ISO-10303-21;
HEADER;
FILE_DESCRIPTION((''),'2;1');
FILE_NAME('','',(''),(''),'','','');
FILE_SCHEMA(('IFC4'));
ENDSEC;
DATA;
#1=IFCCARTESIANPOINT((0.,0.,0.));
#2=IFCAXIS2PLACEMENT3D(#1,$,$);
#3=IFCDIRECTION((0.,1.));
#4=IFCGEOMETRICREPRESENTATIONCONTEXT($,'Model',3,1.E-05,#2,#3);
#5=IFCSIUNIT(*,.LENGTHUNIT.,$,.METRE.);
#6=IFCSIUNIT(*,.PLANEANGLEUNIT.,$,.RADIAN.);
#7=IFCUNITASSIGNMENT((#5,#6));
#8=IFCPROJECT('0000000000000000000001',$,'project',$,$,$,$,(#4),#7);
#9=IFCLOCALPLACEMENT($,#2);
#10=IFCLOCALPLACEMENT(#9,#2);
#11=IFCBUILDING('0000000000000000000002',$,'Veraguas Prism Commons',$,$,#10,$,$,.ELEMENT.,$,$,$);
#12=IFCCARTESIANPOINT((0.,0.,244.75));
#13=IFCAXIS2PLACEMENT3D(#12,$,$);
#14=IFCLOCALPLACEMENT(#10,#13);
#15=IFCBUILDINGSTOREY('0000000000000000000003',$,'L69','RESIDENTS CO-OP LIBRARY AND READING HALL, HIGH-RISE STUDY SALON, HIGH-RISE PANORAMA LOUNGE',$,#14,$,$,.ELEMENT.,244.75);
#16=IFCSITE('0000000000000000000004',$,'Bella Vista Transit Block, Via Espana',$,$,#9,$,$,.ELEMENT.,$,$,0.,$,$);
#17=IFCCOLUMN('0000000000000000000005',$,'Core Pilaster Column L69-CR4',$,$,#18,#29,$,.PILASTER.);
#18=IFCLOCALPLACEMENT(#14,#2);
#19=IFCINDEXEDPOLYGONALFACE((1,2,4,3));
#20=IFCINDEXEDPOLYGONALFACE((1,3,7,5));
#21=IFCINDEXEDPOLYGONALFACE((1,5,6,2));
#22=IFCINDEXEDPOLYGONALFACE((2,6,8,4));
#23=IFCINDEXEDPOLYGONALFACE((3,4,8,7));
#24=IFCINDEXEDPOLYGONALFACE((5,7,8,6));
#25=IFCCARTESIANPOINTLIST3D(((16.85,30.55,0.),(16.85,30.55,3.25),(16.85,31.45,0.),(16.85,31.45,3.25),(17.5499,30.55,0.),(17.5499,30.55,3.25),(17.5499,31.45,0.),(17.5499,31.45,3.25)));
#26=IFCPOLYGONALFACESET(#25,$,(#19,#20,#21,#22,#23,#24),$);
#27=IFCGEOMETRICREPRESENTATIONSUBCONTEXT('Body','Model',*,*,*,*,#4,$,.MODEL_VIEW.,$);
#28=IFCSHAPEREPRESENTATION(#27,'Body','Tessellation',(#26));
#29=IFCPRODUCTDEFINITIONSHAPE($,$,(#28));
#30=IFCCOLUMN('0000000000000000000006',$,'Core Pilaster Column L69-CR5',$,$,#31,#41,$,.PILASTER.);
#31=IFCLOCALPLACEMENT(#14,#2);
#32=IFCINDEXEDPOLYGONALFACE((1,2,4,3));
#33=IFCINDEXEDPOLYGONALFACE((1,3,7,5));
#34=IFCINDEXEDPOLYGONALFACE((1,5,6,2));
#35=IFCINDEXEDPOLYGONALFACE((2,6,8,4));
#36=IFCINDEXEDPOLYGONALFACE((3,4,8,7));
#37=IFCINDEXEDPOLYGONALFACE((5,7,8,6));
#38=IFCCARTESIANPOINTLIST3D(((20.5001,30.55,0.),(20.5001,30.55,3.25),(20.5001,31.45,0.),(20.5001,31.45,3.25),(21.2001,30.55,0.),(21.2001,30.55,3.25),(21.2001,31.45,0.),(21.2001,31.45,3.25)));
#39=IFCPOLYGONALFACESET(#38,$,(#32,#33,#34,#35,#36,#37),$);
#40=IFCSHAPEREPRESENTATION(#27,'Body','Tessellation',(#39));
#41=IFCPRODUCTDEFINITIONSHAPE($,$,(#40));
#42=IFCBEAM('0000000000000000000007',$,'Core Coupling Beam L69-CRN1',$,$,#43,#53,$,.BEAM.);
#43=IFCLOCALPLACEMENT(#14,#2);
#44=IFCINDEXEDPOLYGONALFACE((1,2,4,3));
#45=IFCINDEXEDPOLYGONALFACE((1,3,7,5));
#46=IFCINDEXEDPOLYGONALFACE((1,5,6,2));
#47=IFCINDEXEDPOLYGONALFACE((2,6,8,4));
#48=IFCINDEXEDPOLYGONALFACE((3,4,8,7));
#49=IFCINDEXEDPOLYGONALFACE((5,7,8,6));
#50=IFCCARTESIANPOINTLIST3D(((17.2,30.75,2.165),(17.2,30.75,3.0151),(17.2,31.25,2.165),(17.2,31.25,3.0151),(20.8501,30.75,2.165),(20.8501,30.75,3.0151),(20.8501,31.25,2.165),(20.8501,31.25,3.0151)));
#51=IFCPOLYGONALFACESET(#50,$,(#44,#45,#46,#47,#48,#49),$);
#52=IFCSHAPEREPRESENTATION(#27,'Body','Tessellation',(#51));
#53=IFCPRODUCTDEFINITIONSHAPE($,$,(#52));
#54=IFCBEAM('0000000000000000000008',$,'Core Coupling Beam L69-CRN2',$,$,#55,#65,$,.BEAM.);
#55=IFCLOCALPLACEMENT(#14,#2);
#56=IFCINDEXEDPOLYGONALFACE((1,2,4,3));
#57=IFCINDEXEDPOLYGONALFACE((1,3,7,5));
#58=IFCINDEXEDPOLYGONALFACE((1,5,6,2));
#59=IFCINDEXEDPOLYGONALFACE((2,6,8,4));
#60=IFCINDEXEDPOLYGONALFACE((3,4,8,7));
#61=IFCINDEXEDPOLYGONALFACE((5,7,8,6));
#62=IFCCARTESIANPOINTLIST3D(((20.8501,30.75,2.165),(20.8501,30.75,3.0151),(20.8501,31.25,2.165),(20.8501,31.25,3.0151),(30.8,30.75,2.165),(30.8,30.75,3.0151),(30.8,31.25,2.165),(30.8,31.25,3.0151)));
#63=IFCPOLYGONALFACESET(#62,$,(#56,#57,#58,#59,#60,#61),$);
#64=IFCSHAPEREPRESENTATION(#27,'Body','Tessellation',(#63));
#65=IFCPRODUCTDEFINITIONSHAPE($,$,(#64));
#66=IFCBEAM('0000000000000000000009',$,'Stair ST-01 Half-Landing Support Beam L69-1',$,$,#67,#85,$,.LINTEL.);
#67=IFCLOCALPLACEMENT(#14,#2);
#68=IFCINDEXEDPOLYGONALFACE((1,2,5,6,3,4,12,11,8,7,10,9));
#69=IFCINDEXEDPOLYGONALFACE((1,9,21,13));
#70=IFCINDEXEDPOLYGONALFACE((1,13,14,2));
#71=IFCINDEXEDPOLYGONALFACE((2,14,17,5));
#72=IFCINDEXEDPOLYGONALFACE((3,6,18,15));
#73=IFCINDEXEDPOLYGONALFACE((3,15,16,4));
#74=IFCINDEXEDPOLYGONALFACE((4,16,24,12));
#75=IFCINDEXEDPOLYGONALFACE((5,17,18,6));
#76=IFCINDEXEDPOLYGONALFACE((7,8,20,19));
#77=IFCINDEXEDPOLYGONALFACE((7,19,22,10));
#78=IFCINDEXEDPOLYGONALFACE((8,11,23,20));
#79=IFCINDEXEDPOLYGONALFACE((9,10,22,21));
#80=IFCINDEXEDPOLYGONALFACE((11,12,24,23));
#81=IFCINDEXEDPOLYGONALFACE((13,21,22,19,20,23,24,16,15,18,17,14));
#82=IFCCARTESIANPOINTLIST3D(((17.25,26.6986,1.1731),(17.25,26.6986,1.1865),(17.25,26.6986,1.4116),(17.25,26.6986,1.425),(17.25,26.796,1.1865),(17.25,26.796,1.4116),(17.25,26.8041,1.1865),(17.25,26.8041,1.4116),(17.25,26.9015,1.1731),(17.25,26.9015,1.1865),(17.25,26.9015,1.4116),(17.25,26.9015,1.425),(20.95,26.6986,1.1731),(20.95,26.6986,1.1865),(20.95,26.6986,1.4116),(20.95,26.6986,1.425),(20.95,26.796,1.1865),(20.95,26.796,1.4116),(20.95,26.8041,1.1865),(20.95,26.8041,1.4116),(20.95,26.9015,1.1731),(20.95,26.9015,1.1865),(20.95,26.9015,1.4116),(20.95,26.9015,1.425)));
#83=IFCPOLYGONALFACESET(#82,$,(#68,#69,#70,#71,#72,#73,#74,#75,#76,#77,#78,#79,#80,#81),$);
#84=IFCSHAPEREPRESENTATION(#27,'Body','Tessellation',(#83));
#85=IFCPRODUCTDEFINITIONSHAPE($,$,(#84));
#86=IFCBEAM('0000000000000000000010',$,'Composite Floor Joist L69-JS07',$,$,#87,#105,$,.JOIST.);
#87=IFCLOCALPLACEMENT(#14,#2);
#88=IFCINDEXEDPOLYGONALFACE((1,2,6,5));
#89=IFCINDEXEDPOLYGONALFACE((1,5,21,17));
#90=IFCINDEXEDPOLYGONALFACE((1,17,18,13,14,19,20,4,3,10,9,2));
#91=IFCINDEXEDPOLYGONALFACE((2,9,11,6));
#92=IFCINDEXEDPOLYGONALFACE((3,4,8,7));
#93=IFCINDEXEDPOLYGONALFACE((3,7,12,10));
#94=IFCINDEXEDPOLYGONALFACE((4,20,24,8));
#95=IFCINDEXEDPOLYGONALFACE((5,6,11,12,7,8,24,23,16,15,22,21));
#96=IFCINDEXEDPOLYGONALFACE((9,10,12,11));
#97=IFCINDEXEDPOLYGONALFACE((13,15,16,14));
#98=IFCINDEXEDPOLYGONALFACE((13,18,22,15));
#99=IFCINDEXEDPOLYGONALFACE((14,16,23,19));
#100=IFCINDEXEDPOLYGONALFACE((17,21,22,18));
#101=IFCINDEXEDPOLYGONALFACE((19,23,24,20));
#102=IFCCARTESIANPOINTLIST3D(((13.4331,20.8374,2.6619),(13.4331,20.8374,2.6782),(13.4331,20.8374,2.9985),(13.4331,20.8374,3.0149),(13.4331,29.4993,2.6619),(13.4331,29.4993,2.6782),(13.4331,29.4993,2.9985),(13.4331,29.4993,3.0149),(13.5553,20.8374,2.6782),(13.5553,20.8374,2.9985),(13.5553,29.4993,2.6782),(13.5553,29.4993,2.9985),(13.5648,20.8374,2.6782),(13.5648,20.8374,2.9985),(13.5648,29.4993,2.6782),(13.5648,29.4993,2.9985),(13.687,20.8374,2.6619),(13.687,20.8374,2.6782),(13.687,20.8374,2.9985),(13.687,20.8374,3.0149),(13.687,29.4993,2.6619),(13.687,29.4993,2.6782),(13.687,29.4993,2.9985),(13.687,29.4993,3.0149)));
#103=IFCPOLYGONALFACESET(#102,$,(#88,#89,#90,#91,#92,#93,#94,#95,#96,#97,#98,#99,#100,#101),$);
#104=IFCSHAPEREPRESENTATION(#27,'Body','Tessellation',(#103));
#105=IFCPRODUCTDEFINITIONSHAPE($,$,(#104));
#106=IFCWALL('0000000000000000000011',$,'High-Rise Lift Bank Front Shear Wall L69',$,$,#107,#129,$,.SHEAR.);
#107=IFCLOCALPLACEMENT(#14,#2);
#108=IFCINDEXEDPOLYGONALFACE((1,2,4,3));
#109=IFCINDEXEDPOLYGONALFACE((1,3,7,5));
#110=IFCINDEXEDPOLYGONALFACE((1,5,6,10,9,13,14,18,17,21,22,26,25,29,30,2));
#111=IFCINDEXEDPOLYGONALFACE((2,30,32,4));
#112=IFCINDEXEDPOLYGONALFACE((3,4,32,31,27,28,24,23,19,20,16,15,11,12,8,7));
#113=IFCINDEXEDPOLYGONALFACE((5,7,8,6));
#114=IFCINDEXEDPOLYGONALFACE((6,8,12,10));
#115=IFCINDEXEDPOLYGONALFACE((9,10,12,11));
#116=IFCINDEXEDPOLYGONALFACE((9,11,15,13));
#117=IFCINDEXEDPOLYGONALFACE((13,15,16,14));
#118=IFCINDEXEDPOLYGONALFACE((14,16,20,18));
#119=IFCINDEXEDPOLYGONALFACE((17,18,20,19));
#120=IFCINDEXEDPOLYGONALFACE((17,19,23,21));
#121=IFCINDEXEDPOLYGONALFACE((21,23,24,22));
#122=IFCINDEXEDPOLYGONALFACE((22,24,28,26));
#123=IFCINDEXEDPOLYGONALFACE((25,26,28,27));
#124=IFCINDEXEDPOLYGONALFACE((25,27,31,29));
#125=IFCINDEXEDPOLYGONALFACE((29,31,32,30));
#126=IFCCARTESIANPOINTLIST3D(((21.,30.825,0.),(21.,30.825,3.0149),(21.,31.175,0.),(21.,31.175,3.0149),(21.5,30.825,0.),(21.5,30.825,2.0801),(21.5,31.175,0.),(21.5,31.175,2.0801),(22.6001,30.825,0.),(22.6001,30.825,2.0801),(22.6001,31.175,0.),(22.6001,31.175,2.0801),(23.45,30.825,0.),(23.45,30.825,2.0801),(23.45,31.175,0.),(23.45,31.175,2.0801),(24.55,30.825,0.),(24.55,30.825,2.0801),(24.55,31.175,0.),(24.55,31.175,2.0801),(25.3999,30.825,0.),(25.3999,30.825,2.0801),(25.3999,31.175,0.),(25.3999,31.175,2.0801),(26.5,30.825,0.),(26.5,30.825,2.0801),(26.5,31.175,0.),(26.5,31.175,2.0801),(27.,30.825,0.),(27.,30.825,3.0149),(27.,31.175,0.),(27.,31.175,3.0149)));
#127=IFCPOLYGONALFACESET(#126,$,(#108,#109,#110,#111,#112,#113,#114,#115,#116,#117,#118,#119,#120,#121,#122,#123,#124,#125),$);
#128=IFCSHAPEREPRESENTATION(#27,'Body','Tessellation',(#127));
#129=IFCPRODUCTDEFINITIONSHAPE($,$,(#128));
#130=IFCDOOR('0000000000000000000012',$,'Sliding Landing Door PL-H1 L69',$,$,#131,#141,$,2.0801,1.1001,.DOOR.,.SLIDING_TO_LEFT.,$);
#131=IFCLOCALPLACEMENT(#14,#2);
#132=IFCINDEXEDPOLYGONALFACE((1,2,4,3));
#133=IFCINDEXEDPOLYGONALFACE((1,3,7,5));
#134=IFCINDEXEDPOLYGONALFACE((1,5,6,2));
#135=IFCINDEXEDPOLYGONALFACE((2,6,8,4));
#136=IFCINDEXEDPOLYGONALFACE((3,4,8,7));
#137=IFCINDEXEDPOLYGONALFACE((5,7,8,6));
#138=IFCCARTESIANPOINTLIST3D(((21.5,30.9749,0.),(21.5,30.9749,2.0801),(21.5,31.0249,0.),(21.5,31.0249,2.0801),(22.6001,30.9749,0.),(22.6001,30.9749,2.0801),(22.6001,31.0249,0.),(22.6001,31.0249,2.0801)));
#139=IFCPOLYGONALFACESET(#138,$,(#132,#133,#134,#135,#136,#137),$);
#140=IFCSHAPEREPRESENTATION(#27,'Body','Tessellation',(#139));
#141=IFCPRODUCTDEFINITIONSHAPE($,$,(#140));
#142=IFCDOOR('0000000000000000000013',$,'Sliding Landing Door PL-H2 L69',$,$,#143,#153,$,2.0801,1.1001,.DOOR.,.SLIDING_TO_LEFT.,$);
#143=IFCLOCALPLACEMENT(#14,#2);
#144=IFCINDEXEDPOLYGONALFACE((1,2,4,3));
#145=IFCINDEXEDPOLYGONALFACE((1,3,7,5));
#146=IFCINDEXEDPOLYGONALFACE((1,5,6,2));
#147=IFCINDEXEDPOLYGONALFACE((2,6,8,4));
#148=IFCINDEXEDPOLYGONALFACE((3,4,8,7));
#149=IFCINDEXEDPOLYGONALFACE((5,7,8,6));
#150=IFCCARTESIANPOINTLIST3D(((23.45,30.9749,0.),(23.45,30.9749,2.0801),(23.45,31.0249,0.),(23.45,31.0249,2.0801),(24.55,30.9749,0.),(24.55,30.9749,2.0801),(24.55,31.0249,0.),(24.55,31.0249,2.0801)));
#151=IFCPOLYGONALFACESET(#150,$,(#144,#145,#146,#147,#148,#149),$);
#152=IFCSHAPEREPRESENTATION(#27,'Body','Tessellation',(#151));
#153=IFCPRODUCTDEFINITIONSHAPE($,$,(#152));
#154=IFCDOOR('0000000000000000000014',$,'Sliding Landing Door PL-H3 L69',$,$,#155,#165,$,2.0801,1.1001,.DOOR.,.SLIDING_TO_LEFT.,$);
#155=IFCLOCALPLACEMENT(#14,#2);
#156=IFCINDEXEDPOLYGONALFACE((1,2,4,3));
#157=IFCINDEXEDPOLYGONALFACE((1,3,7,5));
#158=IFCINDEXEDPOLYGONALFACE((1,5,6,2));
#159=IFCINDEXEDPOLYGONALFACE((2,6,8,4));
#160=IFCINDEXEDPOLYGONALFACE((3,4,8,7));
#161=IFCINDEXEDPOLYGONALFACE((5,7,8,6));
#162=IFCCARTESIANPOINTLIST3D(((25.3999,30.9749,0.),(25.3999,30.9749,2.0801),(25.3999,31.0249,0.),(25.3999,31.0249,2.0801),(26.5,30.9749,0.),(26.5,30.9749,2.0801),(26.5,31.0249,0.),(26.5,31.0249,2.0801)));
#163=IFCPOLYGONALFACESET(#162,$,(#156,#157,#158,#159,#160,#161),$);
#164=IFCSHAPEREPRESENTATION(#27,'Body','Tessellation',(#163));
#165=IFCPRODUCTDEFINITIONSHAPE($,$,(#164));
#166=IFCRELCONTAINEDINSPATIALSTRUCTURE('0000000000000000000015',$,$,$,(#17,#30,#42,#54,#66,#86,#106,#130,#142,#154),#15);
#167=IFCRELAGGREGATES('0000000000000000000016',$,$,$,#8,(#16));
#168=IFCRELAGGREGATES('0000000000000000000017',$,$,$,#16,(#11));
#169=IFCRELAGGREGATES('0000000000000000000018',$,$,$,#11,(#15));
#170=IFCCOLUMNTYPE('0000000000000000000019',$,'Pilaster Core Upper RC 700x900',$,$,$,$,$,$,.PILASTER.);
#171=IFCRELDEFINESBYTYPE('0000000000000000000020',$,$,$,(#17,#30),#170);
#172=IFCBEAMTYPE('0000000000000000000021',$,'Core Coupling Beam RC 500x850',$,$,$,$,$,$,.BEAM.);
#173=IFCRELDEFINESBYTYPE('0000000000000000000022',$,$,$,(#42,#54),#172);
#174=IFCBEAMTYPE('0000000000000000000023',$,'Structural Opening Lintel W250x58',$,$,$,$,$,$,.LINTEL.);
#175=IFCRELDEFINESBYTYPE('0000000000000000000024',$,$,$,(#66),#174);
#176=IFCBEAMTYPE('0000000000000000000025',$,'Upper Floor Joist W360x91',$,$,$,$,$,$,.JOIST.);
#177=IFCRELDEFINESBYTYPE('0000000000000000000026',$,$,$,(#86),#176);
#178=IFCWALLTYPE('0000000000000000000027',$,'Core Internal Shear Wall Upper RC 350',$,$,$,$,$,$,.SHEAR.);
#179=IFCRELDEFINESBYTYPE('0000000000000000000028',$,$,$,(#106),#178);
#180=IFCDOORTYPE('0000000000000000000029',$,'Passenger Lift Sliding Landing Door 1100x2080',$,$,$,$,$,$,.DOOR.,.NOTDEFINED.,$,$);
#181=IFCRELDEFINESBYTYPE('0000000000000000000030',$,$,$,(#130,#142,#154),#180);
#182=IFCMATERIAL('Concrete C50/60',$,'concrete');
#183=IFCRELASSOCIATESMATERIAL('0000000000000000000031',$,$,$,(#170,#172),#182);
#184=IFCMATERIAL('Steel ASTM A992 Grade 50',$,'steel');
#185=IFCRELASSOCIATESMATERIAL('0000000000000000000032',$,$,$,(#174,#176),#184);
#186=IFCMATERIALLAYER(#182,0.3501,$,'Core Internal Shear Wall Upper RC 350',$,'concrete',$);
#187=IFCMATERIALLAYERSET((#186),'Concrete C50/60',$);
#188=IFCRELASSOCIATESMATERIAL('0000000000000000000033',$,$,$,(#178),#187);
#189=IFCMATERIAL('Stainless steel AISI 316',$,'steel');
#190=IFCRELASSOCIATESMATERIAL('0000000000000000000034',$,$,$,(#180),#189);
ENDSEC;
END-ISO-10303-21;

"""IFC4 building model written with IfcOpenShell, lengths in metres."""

from ifc_helpers import new_model, si_unit, direction, frame, frame_2d, origin, origin_2d, place, context, subcontext, project, spatial, rectangle, i_section, extrude, source, transform, mapped, material, layer, layer_set, material_profile, profile_set, type_object, element, fill, save


model = new_model("IFC4")

# Units and contexts
model_context = context("Model", 3, precision=1e-05, world=origin(), true_north=direction((0.0, 1.0)))
body_context = subcontext(model_context, "Body", "Model", "MODEL_VIEW")
ifc_project = project(units=[si_unit("LENGTHUNIT", "METRE"), si_unit("PLANEANGLEUNIT", "RADIAN")], contexts=[model_context])

# Site, building, storey
site_placement = place(None, origin())
site = spatial("IfcSite", under=ifc_project, at=site_placement, Name="Bella Vista Transit Block, Via Espana", CompositionType="ELEMENT", RefElevation=0.0)
building_placement = place(site_placement, origin())
building = spatial("IfcBuilding", under=site, at=building_placement, Name="Veraguas Prism Commons", CompositionType="ELEMENT")
storey_placement = place(building_placement, frame((0.0, 0.0, 244.75)))
storey = spatial("IfcBuildingStorey", under=building, at=storey_placement, Name="L69", Description="RESIDENTS CO-OP LIBRARY AND READING HALL, HIGH-RISE STUDY SALON, HIGH-RISE PANORAMA LOUNGE", CompositionType="ELEMENT", Elevation=244.75)

# Columns
ifc_material_1 = material(Name="Concrete C50/60", Category="concrete")
ifc_material_profile_1 = material_profile(ifc_material_1, rectangle(XDim=0.7, YDim=0.8999, at=origin_2d()), Name="RC700X900")
ifc_profile_set_1 = profile_set([ifc_material_profile_1], Name="Concrete C50/60")
column_type = type_object("IfcColumnType", Name="Pilaster Core Upper RC 700x900", PredefinedType="PILASTER", material=ifc_profile_set_1)
for number, where, z_axis, x_axis, name in (
    (1, (17.2, 31.0, 0.0), (0.0, 0.0, 1.0), (1.0, 0.0, 0.0), "Core Pilaster Column L69-CR4"),
    (2, (20.8501, 31.0, 0.0), (0.0, 0.0, 1.0), (1.0, 0.0, 0.0), "Core Pilaster Column L69-CR5"),
):
    element("IfcColumn", number, at=place(storey_placement, frame(where, z_axis=z_axis, x_axis=x_axis)), inside=storey, type_object=column_type, Name=name, PredefinedType="PILASTER", context=body_context, shape_type="SweptSolid", body=[
        extrude(rectangle(XDim=0.7, YDim=0.8999, at=origin_2d()), origin(), (0.0, 0.0, 1.0), 3.25),
    ])

# Beams
ifc_material_profile_2 = material_profile(ifc_material_1, rectangle(XDim=0.5, YDim=0.8501, at=origin_2d()), Name="RC500X850")
ifc_profile_set_2 = profile_set([ifc_material_profile_2], Name="Concrete C50/60")
beam_type_1 = type_object("IfcBeamType", Name="Core Coupling Beam RC 500x850", PredefinedType="BEAM", material=ifc_profile_set_2)
beam_1_placement = place(storey_placement, frame((17.2, 31.0, 2.5901), z_axis=(1.0, 0.0, 0.0), x_axis=(0.0, 1.0, 0.0)))
element("IfcBeam", 3, at=beam_1_placement, inside=storey, type_object=beam_type_1, Name="Core Coupling Beam L69-CRN1", PredefinedType="BEAM", context=body_context, shape_type="SweptSolid", body=[
    extrude(rectangle(XDim=0.5, YDim=0.8501, at=origin_2d()), origin(), (0.0, 0.0, 1.0), 3.6501),
])
beam_2_placement = place(storey_placement, frame((20.8501, 31.0, 2.5901), z_axis=(1.0, 0.0, 0.0), x_axis=(0.0, 1.0, 0.0)))
element("IfcBeam", 4, at=beam_2_placement, inside=storey, type_object=beam_type_1, Name="Core Coupling Beam L69-CRN2", PredefinedType="BEAM", context=body_context, shape_type="SweptSolid", body=[
    extrude(rectangle(XDim=0.5, YDim=0.8501, at=origin_2d()), origin(), (0.0, 0.0, 1.0), 9.95),
])
ifc_material_2 = material(Name="Steel ASTM A992 Grade 50", Category="steel")
ifc_material_profile_3 = material_profile(ifc_material_2, i_section(OverallWidth=0.2029, OverallDepth=0.252, WebThickness=0.0081, FlangeThickness=0.0134, at=origin_2d()), Name="W250X58")
ifc_profile_set_3 = profile_set([ifc_material_profile_3], Name="Steel ASTM A992 Grade 50")
beam_type_2 = type_object("IfcBeamType", Name="Structural Opening Lintel W250x58", PredefinedType="LINTEL", material=ifc_profile_set_3)
beam_3_placement = place(storey_placement, frame((17.25, 26.8, 1.2991), z_axis=(1.0, 0.0, 0.0), x_axis=(0.0, 1.0, 0.0)))
element("IfcBeam", 5, at=beam_3_placement, inside=storey, type_object=beam_type_2, Name="Stair ST-01 Half-Landing Support Beam L69-1", PredefinedType="LINTEL", context=body_context, shape_type="SweptSolid", body=[
    extrude(i_section(OverallWidth=0.2029, OverallDepth=0.252, WebThickness=0.0081, FlangeThickness=0.0134, at=origin_2d()), origin(), (0.0, 0.0, 1.0), 3.7),
])
ifc_material_profile_4 = material_profile(ifc_material_2, i_section(OverallWidth=0.2539, OverallDepth=0.353, WebThickness=0.0095, FlangeThickness=0.0164, at=origin_2d()), Name="W360X91")
ifc_profile_set_4 = profile_set([ifc_material_profile_4], Name="Steel ASTM A992 Grade 50")
beam_type_3 = type_object("IfcBeamType", Name="Upper Floor Joist W360x91", PredefinedType="JOIST", material=ifc_profile_set_4)
beam_4_placement = place(storey_placement, frame((13.5601, 29.4993, 2.8384), z_axis=(0.0, -1.0, 0.0), x_axis=(1.0, 0.0, 0.0)))
element("IfcBeam", 6, at=beam_4_placement, inside=storey, type_object=beam_type_3, Name="Composite Floor Joist L69-JS07", PredefinedType="JOIST", context=body_context, shape_type="SweptSolid", body=[
    extrude(i_section(OverallWidth=0.2539, OverallDepth=0.353, WebThickness=0.0095, FlangeThickness=0.0164, at=origin_2d()), origin(), (0.0, 0.0, 1.0), 8.6619),
])

# Wall, openings, doors
ifc_layer_1 = layer(ifc_material_1, 0.3501, Name="Core Internal Shear Wall Upper RC 350", Category="concrete")
ifc_layer_set_1 = layer_set([ifc_layer_1], Name="Concrete C50/60")
wall_type_1 = type_object("IfcWallType", Name="Core Internal Shear Wall Upper RC 350", PredefinedType="SHEAR", material=ifc_layer_set_1)
wall_1_placement = place(storey_placement, frame((21.0, 31.0, 0.0), z_axis=(0.0, 0.0, 1.0), x_axis=(1.0, 0.0, 0.0)))
wall_1 = element("IfcWall", 7, at=wall_1_placement, inside=storey, type_object=wall_type_1, Name="High-Rise Lift Bank Front Shear Wall L69", PredefinedType="SHEAR", context=body_context, shape_type="SweptSolid", body=[
    extrude(rectangle(XDim=6.0, YDim=0.3501, at=frame_2d((3.0, 0.0))), origin(), (0.0, 0.0, 1.0), 3.0149),
])
opening_1_placement = place(wall_1_placement, frame((0.5, 0.0, 0.0)))
opening_1 = element("IfcOpeningElement", 8, at=opening_1_placement, cuts=wall_1, PredefinedType="OPENING", context=body_context, shape_type="SweptSolid", body=[
    extrude(rectangle(XDim=1.1001, YDim=2.0801, at=frame_2d((0.55, 1.04))), frame((0.0, 0.1851, 0.0), z_axis=(0.0, -1.0, 0.0), x_axis=(1.0, 0.0, 0.0)), (0.0, 0.0, 1.0), 0.3701),
])
opening_2_placement = place(wall_1_placement, frame((2.45, 0.0, 0.0)))
opening_2 = element("IfcOpeningElement", 9, at=opening_2_placement, cuts=wall_1, PredefinedType="OPENING", context=body_context, shape_type="SweptSolid", body=[
    extrude(rectangle(XDim=1.1001, YDim=2.0801, at=frame_2d((0.55, 1.04))), frame((0.0, 0.1851, 0.0), z_axis=(0.0, -1.0, 0.0), x_axis=(1.0, 0.0, 0.0)), (0.0, 0.0, 1.0), 0.3701),
])
opening_3_placement = place(wall_1_placement, frame((4.3999, 0.0, 0.0)))
opening_3 = element("IfcOpeningElement", 10, at=opening_3_placement, cuts=wall_1, PredefinedType="OPENING", context=body_context, shape_type="SweptSolid", body=[
    extrude(rectangle(XDim=1.1001, YDim=2.0801, at=frame_2d((0.55, 1.04))), frame((0.0, 0.1851, 0.0), z_axis=(0.0, -1.0, 0.0), x_axis=(1.0, 0.0, 0.0)), (0.0, 0.0, 1.0), 0.3701),
])
ifc_material_3 = material(Name="Stainless steel AISI 316", Category="steel")
door_type_1 = type_object("IfcDoorType", Name="Passenger Lift Sliding Landing Door 1100x2080", OperationType="NOTDEFINED", PredefinedType="DOOR", material=ifc_material_3)
shared_shape_1 = source(origin(), body_context, "Body", "SweptSolid", [
    extrude(rectangle(XDim=1.1001, YDim=2.0801, at=frame_2d((0.55, 1.04))), frame((0.0, 0.0249, 0.0), z_axis=(0.0, -1.0, 0.0), x_axis=(1.0, 0.0, 0.0)), (0.0, 0.0, 1.0), 0.05),
])
door_1_placement = place(opening_1_placement, origin())
door_1 = element("IfcDoor", 11, at=door_1_placement, inside=storey, type_object=door_type_1, Name="Sliding Landing Door PL-H1 L69", OperationType="SLIDING_TO_LEFT", OverallHeight=2.0801, OverallWidth=1.1001, PredefinedType="DOOR", context=body_context, shape_type="MappedRepresentation", body=[
    mapped(shared_shape_1, transform((0.0, 0.0, 0.0), scale=1.0)),
])
fill(opening_1, door_1)
door_2_placement = place(opening_2_placement, origin())
door_2 = element("IfcDoor", 12, at=door_2_placement, inside=storey, type_object=door_type_1, Name="Sliding Landing Door PL-H2 L69", OperationType="SLIDING_TO_LEFT", OverallHeight=2.0801, OverallWidth=1.1001, PredefinedType="DOOR", context=body_context, shape_type="MappedRepresentation", body=[
    mapped(shared_shape_1, transform((0.0, 0.0, 0.0), scale=1.0)),
])
fill(opening_2, door_2)
door_3_placement = place(opening_3_placement, origin())
door_3 = element("IfcDoor", 13, at=door_3_placement, inside=storey, type_object=door_type_1, Name="Sliding Landing Door PL-H3 L69", OperationType="SLIDING_TO_LEFT", OverallHeight=2.0801, OverallWidth=1.1001, PredefinedType="DOOR", context=body_context, shape_type="MappedRepresentation", body=[
    mapped(shared_shape_1, transform((0.0, 0.0, 0.0), scale=1.0)),
])
fill(opening_3, door_3)

save(model, "model.ifc")
